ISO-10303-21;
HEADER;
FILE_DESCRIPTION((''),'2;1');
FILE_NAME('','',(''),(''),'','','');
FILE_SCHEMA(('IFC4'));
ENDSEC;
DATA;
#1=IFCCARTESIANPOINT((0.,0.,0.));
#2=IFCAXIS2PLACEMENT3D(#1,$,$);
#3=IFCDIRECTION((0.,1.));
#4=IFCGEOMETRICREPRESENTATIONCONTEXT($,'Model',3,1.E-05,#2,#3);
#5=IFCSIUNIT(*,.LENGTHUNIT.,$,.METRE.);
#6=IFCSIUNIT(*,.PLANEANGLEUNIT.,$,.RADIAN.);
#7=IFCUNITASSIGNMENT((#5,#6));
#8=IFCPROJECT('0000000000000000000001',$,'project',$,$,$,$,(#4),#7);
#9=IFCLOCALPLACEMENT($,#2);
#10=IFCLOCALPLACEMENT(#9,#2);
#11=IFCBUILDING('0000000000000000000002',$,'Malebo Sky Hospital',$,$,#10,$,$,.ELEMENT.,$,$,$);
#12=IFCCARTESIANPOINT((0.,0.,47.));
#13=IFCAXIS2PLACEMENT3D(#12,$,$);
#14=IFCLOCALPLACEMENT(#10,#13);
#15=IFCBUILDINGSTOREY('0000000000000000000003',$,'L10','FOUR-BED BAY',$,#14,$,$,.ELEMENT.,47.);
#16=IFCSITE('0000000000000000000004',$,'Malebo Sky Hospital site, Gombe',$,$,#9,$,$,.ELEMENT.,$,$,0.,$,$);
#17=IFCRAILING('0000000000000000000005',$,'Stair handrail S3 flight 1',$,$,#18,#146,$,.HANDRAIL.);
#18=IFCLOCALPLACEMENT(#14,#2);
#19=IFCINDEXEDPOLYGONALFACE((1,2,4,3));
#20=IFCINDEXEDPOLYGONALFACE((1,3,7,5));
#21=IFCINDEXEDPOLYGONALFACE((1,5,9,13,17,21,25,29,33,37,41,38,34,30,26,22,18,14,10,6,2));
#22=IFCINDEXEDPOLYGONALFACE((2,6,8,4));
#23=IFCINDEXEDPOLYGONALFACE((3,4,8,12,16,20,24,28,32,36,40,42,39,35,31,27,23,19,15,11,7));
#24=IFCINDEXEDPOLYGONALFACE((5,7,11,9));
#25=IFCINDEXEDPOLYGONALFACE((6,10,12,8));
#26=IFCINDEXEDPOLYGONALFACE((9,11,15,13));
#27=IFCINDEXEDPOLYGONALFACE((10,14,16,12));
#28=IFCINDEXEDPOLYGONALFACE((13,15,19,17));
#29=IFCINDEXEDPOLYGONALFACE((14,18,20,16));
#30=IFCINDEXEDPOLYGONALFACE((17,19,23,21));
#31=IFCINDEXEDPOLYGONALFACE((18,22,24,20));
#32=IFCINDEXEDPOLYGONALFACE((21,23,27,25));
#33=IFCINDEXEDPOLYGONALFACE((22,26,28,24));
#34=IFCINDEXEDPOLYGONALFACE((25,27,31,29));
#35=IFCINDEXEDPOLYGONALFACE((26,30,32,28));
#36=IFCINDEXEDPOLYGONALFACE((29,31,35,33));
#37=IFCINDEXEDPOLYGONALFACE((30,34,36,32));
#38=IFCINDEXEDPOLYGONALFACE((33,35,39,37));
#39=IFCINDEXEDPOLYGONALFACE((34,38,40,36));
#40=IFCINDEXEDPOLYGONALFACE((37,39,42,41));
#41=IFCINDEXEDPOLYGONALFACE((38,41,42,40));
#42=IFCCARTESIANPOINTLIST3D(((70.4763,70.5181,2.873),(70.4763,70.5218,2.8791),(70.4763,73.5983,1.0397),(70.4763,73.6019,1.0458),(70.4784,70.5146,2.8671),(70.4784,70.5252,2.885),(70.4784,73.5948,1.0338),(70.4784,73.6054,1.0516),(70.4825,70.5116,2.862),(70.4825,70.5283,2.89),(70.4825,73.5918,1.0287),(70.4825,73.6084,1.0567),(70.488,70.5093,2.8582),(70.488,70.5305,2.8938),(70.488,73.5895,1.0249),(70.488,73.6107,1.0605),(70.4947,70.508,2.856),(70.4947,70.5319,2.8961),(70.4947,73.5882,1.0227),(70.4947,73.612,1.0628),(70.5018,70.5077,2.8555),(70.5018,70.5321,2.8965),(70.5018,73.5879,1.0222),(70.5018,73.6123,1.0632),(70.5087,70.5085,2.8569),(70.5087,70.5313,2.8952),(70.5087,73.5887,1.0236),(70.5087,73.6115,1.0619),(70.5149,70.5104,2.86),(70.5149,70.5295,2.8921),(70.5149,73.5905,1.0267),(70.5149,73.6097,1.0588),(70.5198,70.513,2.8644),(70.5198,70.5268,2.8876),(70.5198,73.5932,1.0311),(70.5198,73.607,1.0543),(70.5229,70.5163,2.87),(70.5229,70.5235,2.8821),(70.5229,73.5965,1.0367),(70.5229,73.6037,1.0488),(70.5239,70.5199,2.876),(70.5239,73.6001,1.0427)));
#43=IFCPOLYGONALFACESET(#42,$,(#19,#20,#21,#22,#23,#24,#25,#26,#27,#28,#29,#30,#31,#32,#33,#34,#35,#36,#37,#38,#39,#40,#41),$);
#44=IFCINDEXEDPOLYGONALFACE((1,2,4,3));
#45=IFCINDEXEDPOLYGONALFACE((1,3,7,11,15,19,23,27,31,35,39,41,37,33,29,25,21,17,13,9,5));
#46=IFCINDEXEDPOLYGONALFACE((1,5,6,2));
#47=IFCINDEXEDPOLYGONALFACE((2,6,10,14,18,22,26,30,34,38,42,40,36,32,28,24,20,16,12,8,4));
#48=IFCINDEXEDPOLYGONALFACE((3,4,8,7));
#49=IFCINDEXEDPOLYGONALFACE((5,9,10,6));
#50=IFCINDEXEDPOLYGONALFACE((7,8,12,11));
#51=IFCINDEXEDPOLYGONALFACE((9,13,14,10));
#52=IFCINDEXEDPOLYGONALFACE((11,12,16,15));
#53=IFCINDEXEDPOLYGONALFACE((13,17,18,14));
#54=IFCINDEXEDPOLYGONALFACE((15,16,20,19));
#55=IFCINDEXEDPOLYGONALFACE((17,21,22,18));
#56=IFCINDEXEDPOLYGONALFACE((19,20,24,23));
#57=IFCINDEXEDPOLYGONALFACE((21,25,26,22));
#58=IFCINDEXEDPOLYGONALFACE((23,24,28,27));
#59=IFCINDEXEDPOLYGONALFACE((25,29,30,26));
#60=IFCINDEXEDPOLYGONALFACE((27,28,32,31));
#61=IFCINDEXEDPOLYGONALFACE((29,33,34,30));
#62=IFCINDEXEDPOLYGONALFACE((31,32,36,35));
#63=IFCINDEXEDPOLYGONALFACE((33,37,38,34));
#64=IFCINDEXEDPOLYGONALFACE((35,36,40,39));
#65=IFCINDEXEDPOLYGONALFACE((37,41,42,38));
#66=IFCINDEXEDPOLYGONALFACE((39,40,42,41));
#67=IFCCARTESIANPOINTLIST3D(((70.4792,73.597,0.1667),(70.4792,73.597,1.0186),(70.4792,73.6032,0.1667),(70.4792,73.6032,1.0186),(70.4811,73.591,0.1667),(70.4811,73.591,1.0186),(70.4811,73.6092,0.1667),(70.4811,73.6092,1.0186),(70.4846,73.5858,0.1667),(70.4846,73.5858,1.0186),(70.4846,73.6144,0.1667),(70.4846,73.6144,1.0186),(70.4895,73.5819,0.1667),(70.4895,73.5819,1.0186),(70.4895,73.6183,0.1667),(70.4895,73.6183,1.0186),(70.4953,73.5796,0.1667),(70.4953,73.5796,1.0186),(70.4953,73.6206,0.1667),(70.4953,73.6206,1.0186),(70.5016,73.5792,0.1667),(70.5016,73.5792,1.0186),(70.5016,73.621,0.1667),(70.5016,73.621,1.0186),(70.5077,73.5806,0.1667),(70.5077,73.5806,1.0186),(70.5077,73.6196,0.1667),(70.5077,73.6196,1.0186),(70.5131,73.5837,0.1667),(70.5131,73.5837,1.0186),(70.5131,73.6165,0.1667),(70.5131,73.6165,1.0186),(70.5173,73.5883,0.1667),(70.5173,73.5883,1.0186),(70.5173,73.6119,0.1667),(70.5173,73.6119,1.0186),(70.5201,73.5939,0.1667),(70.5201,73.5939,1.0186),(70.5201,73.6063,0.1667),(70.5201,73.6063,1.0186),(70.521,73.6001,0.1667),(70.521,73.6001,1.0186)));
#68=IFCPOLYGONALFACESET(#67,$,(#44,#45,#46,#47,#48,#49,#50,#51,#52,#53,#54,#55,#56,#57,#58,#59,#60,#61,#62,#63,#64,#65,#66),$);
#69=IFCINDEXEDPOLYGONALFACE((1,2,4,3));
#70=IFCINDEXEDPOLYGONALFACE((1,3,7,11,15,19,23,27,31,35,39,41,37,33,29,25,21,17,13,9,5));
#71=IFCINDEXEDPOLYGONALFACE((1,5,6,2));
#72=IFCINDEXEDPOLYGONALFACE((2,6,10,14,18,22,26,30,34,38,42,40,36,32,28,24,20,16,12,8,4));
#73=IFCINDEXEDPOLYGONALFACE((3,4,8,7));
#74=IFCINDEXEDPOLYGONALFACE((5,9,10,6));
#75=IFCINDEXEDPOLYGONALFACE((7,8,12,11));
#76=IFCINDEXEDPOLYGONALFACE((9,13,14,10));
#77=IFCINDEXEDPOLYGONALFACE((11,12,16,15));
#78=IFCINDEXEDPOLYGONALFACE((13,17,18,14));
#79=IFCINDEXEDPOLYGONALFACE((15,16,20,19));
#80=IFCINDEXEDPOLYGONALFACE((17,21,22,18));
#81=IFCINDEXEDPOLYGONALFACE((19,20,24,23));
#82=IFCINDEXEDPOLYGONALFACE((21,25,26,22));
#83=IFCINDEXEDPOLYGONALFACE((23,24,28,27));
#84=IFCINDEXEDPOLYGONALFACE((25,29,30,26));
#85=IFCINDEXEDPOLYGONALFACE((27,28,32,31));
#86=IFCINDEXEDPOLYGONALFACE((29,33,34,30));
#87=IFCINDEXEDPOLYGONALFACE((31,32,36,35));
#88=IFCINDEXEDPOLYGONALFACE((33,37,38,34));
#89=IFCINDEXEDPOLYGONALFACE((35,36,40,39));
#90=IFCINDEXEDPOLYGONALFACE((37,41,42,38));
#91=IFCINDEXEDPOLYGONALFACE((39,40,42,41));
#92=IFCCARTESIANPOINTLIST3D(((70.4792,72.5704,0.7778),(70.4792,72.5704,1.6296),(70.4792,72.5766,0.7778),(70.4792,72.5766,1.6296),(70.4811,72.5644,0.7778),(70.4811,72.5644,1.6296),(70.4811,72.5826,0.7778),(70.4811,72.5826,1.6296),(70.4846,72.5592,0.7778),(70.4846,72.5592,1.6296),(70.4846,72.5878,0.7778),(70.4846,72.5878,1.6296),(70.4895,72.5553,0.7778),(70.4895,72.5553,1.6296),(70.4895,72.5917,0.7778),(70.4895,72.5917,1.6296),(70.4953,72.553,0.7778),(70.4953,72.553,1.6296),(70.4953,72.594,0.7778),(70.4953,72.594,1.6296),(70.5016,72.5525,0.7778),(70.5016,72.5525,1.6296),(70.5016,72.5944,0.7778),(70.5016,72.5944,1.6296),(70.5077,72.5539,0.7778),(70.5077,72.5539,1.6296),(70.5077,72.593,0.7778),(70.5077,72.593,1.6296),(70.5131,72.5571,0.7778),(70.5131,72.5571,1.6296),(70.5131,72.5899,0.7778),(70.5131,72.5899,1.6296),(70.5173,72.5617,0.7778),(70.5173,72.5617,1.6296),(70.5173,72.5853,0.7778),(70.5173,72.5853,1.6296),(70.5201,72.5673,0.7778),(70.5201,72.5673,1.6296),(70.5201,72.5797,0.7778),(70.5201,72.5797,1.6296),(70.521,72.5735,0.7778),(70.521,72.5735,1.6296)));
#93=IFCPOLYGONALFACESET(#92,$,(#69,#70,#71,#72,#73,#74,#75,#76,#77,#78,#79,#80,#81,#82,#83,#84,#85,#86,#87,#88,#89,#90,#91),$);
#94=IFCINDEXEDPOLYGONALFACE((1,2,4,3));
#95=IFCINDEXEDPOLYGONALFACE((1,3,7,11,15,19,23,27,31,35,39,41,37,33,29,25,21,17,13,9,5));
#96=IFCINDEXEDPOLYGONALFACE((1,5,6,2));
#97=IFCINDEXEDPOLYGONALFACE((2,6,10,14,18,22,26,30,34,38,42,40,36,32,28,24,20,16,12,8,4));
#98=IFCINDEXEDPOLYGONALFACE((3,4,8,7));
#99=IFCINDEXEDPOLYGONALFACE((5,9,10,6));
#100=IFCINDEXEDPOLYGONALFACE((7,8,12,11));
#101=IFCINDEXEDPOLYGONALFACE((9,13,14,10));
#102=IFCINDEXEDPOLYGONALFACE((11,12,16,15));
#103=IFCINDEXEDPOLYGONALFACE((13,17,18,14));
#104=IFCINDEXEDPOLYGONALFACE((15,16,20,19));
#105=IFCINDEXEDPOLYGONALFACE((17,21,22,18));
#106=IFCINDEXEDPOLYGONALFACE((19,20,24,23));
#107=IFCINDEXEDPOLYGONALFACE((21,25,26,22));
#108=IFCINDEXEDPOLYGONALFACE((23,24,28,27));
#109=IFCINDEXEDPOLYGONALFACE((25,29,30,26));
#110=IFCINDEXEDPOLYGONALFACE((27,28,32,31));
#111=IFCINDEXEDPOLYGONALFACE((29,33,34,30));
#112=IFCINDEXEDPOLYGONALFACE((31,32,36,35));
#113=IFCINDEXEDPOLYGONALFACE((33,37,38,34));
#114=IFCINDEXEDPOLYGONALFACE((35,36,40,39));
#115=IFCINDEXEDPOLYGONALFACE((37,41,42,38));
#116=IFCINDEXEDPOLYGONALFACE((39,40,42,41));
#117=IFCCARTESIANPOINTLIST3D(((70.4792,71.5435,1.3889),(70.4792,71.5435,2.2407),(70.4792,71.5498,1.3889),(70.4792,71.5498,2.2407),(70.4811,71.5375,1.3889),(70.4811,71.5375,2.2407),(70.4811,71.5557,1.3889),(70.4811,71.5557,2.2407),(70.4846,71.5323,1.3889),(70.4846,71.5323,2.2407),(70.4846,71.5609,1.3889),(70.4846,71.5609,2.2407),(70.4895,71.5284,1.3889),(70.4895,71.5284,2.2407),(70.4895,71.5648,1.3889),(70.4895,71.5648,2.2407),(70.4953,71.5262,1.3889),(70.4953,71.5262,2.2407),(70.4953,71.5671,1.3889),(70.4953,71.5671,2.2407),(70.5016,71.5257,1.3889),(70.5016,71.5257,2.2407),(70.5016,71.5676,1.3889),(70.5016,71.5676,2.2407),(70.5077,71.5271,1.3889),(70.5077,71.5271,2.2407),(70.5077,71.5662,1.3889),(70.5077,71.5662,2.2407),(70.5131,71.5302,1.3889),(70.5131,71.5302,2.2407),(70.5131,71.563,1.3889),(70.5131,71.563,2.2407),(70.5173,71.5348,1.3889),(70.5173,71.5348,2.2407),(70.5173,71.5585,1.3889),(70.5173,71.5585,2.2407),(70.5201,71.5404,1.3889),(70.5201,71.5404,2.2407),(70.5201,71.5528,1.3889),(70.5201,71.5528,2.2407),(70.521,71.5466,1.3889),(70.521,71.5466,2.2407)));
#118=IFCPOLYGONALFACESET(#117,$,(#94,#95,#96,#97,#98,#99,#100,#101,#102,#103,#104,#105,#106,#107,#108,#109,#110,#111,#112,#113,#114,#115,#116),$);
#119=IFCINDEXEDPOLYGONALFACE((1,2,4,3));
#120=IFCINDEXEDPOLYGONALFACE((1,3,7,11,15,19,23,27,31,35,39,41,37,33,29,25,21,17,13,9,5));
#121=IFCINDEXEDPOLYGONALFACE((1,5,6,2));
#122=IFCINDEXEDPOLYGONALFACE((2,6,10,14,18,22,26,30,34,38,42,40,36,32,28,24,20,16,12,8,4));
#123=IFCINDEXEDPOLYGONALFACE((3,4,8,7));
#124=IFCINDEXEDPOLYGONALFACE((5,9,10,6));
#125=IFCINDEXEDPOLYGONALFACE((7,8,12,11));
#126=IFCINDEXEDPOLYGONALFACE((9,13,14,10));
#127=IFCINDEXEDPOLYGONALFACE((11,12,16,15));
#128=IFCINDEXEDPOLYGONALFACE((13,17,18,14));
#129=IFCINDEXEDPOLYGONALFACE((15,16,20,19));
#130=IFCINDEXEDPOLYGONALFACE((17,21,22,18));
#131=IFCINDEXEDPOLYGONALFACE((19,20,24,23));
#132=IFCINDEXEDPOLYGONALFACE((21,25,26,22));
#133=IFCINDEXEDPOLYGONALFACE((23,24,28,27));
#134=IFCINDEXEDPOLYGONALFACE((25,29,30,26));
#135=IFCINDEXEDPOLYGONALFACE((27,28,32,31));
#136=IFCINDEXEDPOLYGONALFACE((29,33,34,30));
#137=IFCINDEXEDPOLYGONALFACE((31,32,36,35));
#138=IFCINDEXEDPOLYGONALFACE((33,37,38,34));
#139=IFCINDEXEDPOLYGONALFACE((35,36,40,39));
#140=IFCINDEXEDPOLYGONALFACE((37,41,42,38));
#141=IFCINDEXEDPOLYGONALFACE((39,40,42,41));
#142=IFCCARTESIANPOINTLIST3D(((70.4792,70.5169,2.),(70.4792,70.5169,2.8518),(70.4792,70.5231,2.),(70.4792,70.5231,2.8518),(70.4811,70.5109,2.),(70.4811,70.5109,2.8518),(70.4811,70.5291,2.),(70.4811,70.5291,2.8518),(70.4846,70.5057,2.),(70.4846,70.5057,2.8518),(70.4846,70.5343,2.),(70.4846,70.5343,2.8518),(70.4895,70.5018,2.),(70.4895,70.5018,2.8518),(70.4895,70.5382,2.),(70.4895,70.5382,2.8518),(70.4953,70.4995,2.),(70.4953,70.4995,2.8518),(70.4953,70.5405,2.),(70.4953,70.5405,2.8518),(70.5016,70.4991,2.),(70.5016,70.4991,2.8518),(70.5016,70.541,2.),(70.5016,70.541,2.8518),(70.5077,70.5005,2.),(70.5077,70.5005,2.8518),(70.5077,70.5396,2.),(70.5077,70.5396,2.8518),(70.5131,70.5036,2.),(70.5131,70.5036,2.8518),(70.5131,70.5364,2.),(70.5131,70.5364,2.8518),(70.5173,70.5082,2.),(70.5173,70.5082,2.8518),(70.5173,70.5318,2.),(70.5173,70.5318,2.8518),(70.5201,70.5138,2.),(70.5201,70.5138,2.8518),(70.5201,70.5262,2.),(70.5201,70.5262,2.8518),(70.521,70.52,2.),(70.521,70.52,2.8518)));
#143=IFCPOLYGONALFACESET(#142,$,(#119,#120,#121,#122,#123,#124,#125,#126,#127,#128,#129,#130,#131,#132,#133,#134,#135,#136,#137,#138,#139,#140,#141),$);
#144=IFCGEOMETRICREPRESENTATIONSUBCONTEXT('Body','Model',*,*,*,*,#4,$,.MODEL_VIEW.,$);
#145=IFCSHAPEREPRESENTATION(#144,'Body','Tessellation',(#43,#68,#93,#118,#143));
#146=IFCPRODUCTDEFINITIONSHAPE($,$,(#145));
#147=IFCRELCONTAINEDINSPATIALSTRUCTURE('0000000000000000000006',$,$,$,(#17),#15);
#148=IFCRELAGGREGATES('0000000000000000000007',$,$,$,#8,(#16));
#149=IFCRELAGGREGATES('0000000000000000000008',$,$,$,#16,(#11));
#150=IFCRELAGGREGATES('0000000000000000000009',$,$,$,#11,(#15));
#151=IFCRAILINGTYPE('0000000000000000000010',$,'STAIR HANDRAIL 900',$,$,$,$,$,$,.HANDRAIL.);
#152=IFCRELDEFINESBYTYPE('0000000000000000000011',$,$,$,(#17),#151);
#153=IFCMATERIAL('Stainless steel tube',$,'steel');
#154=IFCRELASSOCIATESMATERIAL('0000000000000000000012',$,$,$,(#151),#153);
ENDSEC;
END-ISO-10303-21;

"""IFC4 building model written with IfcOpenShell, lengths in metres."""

from ifc_helpers import new_model, si_unit, direction, frame, origin, origin_2d, place, context, subcontext, project, spatial, circle, extrude, material, type_object, element, save


model = new_model("IFC4")

# Units and contexts
model_context = context("Model", 3, precision=1e-05, world=origin(), true_north=direction((0.0, 1.0)))
body_context = subcontext(model_context, "Body", "Model", "MODEL_VIEW")
ifc_project = project(units=[si_unit("LENGTHUNIT", "METRE"), si_unit("PLANEANGLEUNIT", "RADIAN")], contexts=[model_context])

# Site, building, storey
site_placement = place(None, origin())
site = spatial("IfcSite", under=ifc_project, at=site_placement, Name="Malebo Sky Hospital site, Gombe", CompositionType="ELEMENT", RefElevation=0.0)
building_placement = place(site_placement, origin())
building = spatial("IfcBuilding", under=site, at=building_placement, Name="Malebo Sky Hospital", CompositionType="ELEMENT")
storey_placement = place(building_placement, frame((0.0, 0.0, 47.0)))
storey = spatial("IfcBuildingStorey", under=building, at=storey_placement, Name="L10", Description="FOUR-BED BAY", CompositionType="ELEMENT", Elevation=47.0)

# Railing
ifc_material_1 = material(Name="Stainless steel tube", Category="steel")
railing_type = type_object("IfcRailingType", Name="STAIR HANDRAIL 900", PredefinedType="HANDRAIL", material=ifc_material_1)
railing_1_placement = place(storey_placement, frame((70.5, 73.6001, 0.1667)))
element("IfcRailing", 1, at=railing_1_placement, inside=storey, type_object=railing_type, Name="Stair handrail S3 flight 1", PredefinedType="HANDRAIL", context=body_context, shape_type="SweptSolid", body=[
    extrude(circle(Radius=0.0239, at=origin_2d()), frame((0.0, 0.0, 0.876), z_axis=(0.0, -0.859309, 0.511458), x_axis=(1.0, 0.0, 0.0)), (0.0, 0.0, 1.0), 3.5845),
    extrude(circle(Radius=0.021, at=origin_2d()), origin(), (0.0, 0.0, 1.0), 0.8518),
    extrude(circle(Radius=0.021, at=origin_2d()), frame((0.0, -1.0266, 0.6111)), (0.0, 0.0, 1.0), 0.8518),
    extrude(circle(Radius=0.021, at=origin_2d()), frame((0.0, -2.0535, 1.2222)), (0.0, 0.0, 1.0), 0.8518),
    extrude(circle(Radius=0.021, at=origin_2d()), frame((0.0, -3.0801, 1.8333)), (0.0, 0.0, 1.0), 0.8518),
])

save(model, "model.ifc")
